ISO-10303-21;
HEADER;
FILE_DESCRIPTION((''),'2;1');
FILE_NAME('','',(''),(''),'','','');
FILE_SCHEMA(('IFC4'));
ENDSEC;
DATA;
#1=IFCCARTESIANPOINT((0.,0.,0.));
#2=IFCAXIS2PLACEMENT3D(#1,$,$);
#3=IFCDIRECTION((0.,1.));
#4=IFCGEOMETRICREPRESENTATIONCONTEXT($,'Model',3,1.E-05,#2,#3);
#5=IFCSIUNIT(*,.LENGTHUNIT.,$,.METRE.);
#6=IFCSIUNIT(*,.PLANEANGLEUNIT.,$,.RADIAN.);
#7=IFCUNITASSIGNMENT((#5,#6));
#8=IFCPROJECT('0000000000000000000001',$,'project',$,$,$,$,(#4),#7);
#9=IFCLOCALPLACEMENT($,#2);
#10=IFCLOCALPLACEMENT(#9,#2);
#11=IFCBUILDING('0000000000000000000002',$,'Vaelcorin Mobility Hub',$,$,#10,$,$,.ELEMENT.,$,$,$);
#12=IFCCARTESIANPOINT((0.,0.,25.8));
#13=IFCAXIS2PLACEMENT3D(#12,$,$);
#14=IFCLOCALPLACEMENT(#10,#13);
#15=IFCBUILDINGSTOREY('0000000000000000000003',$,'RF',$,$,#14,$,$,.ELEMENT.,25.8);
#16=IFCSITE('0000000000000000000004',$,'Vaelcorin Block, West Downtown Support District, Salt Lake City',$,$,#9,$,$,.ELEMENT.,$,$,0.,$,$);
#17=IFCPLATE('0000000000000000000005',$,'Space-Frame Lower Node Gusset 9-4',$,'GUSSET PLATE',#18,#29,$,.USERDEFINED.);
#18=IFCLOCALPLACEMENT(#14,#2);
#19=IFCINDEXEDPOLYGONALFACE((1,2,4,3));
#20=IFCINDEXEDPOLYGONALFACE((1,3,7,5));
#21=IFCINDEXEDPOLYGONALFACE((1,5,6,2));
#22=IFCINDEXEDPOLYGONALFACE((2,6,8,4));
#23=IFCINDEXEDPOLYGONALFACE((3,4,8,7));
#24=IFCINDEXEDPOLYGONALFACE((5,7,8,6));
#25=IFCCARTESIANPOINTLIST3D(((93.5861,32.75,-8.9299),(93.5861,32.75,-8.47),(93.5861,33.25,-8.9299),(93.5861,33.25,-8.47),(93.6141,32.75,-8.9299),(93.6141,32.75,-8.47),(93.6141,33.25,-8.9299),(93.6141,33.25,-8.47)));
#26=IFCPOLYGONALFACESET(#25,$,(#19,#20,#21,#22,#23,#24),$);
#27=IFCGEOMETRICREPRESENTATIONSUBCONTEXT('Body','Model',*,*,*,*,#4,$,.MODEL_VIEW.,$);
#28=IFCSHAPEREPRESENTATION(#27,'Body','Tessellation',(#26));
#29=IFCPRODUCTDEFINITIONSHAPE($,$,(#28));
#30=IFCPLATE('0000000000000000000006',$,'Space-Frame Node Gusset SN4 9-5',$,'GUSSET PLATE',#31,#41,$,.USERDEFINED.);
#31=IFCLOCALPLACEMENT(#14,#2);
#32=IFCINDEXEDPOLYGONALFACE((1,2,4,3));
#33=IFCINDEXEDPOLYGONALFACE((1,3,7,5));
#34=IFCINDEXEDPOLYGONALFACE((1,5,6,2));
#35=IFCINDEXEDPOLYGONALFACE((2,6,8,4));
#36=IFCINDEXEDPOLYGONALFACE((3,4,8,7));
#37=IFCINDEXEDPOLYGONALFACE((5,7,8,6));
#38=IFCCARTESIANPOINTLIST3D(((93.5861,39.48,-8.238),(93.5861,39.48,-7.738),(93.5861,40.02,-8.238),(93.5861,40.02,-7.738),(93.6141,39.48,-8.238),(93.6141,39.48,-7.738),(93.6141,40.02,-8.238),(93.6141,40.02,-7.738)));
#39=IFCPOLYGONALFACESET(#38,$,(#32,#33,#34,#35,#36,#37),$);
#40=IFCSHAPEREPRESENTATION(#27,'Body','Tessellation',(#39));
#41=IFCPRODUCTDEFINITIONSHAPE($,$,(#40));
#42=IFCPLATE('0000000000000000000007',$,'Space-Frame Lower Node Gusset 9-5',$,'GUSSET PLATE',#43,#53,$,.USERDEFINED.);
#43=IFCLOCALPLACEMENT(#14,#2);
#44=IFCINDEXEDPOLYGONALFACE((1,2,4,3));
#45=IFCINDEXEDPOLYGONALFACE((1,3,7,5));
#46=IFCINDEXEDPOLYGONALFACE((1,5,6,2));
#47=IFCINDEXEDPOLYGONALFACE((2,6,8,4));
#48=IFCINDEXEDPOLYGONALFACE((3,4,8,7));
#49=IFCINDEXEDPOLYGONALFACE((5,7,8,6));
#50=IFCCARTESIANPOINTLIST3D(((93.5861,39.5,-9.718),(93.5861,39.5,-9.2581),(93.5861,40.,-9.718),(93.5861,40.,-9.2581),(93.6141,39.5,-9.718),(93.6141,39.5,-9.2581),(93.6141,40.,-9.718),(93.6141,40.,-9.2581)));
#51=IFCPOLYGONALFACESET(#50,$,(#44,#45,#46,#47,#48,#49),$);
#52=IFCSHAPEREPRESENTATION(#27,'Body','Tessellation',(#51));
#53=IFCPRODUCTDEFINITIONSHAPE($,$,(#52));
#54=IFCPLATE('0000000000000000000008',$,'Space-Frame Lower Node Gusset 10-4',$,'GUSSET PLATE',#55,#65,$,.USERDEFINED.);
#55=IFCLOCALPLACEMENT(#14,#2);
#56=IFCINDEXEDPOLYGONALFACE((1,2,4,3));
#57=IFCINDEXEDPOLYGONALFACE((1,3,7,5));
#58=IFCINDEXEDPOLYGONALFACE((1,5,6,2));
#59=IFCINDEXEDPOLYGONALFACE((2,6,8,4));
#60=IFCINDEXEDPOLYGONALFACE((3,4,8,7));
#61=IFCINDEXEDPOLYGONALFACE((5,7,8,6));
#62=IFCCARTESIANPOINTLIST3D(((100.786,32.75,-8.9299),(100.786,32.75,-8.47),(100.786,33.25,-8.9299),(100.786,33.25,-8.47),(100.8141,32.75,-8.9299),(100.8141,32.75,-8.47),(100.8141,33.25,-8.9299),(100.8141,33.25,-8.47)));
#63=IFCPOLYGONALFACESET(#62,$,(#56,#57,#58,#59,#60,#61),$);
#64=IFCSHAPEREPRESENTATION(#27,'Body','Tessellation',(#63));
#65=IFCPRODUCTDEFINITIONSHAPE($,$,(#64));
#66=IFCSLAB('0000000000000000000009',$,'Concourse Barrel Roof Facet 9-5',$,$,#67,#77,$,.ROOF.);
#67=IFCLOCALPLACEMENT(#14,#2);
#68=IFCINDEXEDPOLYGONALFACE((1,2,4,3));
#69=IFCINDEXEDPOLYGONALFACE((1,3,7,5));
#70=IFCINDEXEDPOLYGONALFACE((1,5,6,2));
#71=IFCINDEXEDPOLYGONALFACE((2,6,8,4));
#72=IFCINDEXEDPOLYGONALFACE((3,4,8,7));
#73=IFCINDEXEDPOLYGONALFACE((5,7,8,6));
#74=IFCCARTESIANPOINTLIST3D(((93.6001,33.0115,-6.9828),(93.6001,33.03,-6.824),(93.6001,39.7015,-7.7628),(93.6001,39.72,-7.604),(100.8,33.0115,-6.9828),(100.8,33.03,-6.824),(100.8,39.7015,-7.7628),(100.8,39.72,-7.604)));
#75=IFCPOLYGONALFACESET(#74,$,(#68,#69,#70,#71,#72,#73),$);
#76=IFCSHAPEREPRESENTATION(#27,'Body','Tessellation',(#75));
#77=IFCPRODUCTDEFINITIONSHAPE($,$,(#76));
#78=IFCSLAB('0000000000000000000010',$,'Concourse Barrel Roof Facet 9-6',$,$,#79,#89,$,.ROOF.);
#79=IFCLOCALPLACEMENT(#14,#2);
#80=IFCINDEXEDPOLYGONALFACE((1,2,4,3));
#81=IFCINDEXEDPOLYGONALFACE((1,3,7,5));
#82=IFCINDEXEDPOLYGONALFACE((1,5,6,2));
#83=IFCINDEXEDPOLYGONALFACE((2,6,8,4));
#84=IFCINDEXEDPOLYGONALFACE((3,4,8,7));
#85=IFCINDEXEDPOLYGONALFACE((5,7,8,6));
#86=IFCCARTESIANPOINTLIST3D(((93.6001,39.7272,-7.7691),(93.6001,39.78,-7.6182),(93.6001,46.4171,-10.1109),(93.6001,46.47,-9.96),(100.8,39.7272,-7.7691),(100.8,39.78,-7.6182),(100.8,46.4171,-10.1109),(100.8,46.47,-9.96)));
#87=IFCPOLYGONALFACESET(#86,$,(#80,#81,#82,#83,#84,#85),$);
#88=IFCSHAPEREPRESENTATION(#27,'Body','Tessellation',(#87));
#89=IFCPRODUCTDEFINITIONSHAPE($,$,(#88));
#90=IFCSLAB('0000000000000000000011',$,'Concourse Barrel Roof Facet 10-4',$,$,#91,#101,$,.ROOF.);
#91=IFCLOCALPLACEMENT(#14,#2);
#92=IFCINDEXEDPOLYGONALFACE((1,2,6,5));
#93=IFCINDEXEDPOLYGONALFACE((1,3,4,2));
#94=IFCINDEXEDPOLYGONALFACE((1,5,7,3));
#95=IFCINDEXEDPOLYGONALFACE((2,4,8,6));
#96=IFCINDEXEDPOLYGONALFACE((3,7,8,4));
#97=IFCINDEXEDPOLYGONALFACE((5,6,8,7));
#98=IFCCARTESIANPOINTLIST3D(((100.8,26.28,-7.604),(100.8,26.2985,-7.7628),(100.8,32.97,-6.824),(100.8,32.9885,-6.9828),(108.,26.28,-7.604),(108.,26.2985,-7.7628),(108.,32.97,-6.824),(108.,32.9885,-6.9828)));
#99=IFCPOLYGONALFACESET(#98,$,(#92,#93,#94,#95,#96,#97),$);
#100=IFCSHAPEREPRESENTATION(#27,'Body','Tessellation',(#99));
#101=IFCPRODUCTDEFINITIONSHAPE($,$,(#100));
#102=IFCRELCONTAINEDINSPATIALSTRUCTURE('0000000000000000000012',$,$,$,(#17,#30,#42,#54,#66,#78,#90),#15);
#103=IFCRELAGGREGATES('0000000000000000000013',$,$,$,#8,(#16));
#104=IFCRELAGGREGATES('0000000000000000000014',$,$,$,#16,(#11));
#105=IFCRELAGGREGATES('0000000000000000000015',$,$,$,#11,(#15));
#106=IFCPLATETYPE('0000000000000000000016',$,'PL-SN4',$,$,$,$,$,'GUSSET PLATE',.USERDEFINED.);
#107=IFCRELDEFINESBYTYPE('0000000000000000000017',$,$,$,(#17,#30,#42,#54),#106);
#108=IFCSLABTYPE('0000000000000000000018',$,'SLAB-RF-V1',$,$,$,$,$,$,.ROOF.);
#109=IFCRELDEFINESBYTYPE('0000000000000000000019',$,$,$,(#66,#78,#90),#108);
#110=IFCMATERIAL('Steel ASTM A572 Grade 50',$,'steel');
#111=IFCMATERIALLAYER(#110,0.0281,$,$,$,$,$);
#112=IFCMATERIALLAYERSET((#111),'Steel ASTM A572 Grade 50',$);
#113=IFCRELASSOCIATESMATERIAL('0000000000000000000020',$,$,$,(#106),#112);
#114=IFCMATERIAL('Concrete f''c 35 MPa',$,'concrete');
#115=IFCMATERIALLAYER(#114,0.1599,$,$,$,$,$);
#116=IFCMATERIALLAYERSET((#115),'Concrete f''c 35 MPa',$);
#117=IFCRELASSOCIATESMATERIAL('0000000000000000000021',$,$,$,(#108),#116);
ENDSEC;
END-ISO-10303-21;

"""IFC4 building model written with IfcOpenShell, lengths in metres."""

from ifc_helpers import new_model, si_unit, direction, frame, origin, origin_2d, place, context, subcontext, project, spatial, polyline, rectangle, outline, extrude, material, layer, layer_set, type_object, element, save


model = new_model("IFC4")

# Units and contexts
model_context = context("Model", 3, precision=1e-05, world=origin(), true_north=direction((0.0, 1.0)))
body_context = subcontext(model_context, "Body", "Model", "MODEL_VIEW")
ifc_project = project(units=[si_unit("LENGTHUNIT", "METRE"), si_unit("PLANEANGLEUNIT", "RADIAN")], contexts=[model_context])

# Site, building, storey
site_placement = place(None, origin())
site = spatial("IfcSite", under=ifc_project, at=site_placement, Name="Vaelcorin Block, West Downtown Support District, Salt Lake City", CompositionType="ELEMENT", RefElevation=0.0)
building_placement = place(site_placement, origin())
building = spatial("IfcBuilding", under=site, at=building_placement, Name="Vaelcorin Mobility Hub", CompositionType="ELEMENT")
storey_placement = place(building_placement, frame((0.0, 0.0, 25.8)))
storey = spatial("IfcBuildingStorey", under=building, at=storey_placement, Name="RF", CompositionType="ELEMENT", Elevation=25.8)

# Plates
ifc_material_1 = material(Name="Steel ASTM A572 Grade 50", Category="steel")
ifc_layer_1 = layer(ifc_material_1, 0.0281)
ifc_layer_set_1 = layer_set([ifc_layer_1], Name="Steel ASTM A572 Grade 50")
plate_type_1 = type_object("IfcPlateType", Name="PL-SN4", ElementType="GUSSET PLATE", PredefinedType="USERDEFINED", material=ifc_layer_set_1)
plate_1_placement = place(storey_placement, frame((93.6001, 33.0, -8.9299), z_axis=(0.0, 0.0, 1.0), x_axis=(1.0, 0.0, 0.0)))
element("IfcPlate", 1, at=plate_1_placement, inside=storey, type_object=plate_type_1, Name="Space-Frame Lower Node Gusset 9-4", ObjectType="GUSSET PLATE", PredefinedType="USERDEFINED", context=body_context, shape_type="SweptSolid", body=[
    extrude(rectangle(XDim=0.0281, YDim=0.5, at=origin_2d()), origin(), (0.0, 0.0, 1.0), 0.46),
])
plate_2_placement = place(storey_placement, frame((93.6001, 39.75, -8.238), z_axis=(0.0, 0.0, 1.0), x_axis=(1.0, 0.0, 0.0)))
element("IfcPlate", 2, at=plate_2_placement, inside=storey, type_object=plate_type_1, Name="Space-Frame Node Gusset SN4 9-5", ObjectType="GUSSET PLATE", PredefinedType="USERDEFINED", context=body_context, shape_type="SweptSolid", body=[
    extrude(rectangle(XDim=0.0281, YDim=0.54, at=origin_2d()), origin(), (0.0, 0.0, 1.0), 0.5),
])
for number, where, z_axis, x_axis, name in (
    (3, (93.6001, 39.75, -9.718), (0.0, 0.0, 1.0), (1.0, 0.0, 0.0), "Space-Frame Lower Node Gusset 9-5"),
    (4, (100.8, 33.0, -8.9299), (0.0, 0.0, 1.0), (1.0, 0.0, 0.0), "Space-Frame Lower Node Gusset 10-4"),
):
    element("IfcPlate", number, at=place(storey_placement, frame(where, z_axis=z_axis, x_axis=x_axis)), inside=storey, type_object=plate_type_1, Name=name, ObjectType="GUSSET PLATE", PredefinedType="USERDEFINED", context=body_context, shape_type="SweptSolid", body=[
        extrude(rectangle(XDim=0.0281, YDim=0.5, at=origin_2d()), origin(), (0.0, 0.0, 1.0), 0.46),
    ])

# Slabs
ifc_material_2 = material(Name="Concrete f'c 35 MPa", Category="concrete")
ifc_layer_2 = layer(ifc_material_2, 0.1599)
ifc_layer_set_2 = layer_set([ifc_layer_2], Name="Concrete f'c 35 MPa")
slab_type = type_object("IfcSlabType", Name="SLAB-RF-V1", PredefinedType="ROOF", material=ifc_layer_set_2)
slab_1_placement = place(storey_placement, frame((93.6001, 33.03, -6.824), z_axis=(0.0, 0.115813, 0.993271), x_axis=(1.0, 0.0, 0.0)))
element("IfcSlab", 5, at=slab_1_placement, inside=storey, type_object=slab_type, Name="Concourse Barrel Roof Facet 9-5", PredefinedType="ROOF", context=body_context, shape_type="SweptSolid", body=[
    extrude(outline(polyline([(0.0, 0.0), (7.2, 0.0), (7.2, 6.7353), (0.0, 6.7353), (0.0, 0.0)])), origin(), (0.0, 0.0, -1.0), 0.1599),
])
slab_2_placement = place(storey_placement, frame((93.6001, 39.78, -7.6182), z_axis=(0.0, 0.33039, 0.943844), x_axis=(1.0, 0.0, 0.0)))
element("IfcSlab", 6, at=slab_2_placement, inside=storey, type_object=slab_type, Name="Concourse Barrel Roof Facet 9-6", PredefinedType="ROOF", context=body_context, shape_type="SweptSolid", body=[
    extrude(outline(polyline([(0.0, 0.0), (7.2, 0.0), (7.2, 7.088), (0.0, 7.088), (0.0, 0.0)])), origin(), (0.0, 0.0, -1.0), 0.1599),
])
slab_3_placement = place(storey_placement, frame((100.8, 26.28, -7.604), z_axis=(0.0, -0.115813, 0.993271), x_axis=(1.0, 0.0, 0.0)))
element("IfcSlab", 7, at=slab_3_placement, inside=storey, type_object=slab_type, Name="Concourse Barrel Roof Facet 10-4", PredefinedType="ROOF", context=body_context, shape_type="SweptSolid", body=[
    extrude(outline(polyline([(0.0, 0.0), (7.2, 0.0), (7.2, 6.7353), (0.0, 6.7353), (0.0, 0.0)])), origin(), (0.0, 0.0, -1.0), 0.1599),
])

save(model, "model.ifc")
